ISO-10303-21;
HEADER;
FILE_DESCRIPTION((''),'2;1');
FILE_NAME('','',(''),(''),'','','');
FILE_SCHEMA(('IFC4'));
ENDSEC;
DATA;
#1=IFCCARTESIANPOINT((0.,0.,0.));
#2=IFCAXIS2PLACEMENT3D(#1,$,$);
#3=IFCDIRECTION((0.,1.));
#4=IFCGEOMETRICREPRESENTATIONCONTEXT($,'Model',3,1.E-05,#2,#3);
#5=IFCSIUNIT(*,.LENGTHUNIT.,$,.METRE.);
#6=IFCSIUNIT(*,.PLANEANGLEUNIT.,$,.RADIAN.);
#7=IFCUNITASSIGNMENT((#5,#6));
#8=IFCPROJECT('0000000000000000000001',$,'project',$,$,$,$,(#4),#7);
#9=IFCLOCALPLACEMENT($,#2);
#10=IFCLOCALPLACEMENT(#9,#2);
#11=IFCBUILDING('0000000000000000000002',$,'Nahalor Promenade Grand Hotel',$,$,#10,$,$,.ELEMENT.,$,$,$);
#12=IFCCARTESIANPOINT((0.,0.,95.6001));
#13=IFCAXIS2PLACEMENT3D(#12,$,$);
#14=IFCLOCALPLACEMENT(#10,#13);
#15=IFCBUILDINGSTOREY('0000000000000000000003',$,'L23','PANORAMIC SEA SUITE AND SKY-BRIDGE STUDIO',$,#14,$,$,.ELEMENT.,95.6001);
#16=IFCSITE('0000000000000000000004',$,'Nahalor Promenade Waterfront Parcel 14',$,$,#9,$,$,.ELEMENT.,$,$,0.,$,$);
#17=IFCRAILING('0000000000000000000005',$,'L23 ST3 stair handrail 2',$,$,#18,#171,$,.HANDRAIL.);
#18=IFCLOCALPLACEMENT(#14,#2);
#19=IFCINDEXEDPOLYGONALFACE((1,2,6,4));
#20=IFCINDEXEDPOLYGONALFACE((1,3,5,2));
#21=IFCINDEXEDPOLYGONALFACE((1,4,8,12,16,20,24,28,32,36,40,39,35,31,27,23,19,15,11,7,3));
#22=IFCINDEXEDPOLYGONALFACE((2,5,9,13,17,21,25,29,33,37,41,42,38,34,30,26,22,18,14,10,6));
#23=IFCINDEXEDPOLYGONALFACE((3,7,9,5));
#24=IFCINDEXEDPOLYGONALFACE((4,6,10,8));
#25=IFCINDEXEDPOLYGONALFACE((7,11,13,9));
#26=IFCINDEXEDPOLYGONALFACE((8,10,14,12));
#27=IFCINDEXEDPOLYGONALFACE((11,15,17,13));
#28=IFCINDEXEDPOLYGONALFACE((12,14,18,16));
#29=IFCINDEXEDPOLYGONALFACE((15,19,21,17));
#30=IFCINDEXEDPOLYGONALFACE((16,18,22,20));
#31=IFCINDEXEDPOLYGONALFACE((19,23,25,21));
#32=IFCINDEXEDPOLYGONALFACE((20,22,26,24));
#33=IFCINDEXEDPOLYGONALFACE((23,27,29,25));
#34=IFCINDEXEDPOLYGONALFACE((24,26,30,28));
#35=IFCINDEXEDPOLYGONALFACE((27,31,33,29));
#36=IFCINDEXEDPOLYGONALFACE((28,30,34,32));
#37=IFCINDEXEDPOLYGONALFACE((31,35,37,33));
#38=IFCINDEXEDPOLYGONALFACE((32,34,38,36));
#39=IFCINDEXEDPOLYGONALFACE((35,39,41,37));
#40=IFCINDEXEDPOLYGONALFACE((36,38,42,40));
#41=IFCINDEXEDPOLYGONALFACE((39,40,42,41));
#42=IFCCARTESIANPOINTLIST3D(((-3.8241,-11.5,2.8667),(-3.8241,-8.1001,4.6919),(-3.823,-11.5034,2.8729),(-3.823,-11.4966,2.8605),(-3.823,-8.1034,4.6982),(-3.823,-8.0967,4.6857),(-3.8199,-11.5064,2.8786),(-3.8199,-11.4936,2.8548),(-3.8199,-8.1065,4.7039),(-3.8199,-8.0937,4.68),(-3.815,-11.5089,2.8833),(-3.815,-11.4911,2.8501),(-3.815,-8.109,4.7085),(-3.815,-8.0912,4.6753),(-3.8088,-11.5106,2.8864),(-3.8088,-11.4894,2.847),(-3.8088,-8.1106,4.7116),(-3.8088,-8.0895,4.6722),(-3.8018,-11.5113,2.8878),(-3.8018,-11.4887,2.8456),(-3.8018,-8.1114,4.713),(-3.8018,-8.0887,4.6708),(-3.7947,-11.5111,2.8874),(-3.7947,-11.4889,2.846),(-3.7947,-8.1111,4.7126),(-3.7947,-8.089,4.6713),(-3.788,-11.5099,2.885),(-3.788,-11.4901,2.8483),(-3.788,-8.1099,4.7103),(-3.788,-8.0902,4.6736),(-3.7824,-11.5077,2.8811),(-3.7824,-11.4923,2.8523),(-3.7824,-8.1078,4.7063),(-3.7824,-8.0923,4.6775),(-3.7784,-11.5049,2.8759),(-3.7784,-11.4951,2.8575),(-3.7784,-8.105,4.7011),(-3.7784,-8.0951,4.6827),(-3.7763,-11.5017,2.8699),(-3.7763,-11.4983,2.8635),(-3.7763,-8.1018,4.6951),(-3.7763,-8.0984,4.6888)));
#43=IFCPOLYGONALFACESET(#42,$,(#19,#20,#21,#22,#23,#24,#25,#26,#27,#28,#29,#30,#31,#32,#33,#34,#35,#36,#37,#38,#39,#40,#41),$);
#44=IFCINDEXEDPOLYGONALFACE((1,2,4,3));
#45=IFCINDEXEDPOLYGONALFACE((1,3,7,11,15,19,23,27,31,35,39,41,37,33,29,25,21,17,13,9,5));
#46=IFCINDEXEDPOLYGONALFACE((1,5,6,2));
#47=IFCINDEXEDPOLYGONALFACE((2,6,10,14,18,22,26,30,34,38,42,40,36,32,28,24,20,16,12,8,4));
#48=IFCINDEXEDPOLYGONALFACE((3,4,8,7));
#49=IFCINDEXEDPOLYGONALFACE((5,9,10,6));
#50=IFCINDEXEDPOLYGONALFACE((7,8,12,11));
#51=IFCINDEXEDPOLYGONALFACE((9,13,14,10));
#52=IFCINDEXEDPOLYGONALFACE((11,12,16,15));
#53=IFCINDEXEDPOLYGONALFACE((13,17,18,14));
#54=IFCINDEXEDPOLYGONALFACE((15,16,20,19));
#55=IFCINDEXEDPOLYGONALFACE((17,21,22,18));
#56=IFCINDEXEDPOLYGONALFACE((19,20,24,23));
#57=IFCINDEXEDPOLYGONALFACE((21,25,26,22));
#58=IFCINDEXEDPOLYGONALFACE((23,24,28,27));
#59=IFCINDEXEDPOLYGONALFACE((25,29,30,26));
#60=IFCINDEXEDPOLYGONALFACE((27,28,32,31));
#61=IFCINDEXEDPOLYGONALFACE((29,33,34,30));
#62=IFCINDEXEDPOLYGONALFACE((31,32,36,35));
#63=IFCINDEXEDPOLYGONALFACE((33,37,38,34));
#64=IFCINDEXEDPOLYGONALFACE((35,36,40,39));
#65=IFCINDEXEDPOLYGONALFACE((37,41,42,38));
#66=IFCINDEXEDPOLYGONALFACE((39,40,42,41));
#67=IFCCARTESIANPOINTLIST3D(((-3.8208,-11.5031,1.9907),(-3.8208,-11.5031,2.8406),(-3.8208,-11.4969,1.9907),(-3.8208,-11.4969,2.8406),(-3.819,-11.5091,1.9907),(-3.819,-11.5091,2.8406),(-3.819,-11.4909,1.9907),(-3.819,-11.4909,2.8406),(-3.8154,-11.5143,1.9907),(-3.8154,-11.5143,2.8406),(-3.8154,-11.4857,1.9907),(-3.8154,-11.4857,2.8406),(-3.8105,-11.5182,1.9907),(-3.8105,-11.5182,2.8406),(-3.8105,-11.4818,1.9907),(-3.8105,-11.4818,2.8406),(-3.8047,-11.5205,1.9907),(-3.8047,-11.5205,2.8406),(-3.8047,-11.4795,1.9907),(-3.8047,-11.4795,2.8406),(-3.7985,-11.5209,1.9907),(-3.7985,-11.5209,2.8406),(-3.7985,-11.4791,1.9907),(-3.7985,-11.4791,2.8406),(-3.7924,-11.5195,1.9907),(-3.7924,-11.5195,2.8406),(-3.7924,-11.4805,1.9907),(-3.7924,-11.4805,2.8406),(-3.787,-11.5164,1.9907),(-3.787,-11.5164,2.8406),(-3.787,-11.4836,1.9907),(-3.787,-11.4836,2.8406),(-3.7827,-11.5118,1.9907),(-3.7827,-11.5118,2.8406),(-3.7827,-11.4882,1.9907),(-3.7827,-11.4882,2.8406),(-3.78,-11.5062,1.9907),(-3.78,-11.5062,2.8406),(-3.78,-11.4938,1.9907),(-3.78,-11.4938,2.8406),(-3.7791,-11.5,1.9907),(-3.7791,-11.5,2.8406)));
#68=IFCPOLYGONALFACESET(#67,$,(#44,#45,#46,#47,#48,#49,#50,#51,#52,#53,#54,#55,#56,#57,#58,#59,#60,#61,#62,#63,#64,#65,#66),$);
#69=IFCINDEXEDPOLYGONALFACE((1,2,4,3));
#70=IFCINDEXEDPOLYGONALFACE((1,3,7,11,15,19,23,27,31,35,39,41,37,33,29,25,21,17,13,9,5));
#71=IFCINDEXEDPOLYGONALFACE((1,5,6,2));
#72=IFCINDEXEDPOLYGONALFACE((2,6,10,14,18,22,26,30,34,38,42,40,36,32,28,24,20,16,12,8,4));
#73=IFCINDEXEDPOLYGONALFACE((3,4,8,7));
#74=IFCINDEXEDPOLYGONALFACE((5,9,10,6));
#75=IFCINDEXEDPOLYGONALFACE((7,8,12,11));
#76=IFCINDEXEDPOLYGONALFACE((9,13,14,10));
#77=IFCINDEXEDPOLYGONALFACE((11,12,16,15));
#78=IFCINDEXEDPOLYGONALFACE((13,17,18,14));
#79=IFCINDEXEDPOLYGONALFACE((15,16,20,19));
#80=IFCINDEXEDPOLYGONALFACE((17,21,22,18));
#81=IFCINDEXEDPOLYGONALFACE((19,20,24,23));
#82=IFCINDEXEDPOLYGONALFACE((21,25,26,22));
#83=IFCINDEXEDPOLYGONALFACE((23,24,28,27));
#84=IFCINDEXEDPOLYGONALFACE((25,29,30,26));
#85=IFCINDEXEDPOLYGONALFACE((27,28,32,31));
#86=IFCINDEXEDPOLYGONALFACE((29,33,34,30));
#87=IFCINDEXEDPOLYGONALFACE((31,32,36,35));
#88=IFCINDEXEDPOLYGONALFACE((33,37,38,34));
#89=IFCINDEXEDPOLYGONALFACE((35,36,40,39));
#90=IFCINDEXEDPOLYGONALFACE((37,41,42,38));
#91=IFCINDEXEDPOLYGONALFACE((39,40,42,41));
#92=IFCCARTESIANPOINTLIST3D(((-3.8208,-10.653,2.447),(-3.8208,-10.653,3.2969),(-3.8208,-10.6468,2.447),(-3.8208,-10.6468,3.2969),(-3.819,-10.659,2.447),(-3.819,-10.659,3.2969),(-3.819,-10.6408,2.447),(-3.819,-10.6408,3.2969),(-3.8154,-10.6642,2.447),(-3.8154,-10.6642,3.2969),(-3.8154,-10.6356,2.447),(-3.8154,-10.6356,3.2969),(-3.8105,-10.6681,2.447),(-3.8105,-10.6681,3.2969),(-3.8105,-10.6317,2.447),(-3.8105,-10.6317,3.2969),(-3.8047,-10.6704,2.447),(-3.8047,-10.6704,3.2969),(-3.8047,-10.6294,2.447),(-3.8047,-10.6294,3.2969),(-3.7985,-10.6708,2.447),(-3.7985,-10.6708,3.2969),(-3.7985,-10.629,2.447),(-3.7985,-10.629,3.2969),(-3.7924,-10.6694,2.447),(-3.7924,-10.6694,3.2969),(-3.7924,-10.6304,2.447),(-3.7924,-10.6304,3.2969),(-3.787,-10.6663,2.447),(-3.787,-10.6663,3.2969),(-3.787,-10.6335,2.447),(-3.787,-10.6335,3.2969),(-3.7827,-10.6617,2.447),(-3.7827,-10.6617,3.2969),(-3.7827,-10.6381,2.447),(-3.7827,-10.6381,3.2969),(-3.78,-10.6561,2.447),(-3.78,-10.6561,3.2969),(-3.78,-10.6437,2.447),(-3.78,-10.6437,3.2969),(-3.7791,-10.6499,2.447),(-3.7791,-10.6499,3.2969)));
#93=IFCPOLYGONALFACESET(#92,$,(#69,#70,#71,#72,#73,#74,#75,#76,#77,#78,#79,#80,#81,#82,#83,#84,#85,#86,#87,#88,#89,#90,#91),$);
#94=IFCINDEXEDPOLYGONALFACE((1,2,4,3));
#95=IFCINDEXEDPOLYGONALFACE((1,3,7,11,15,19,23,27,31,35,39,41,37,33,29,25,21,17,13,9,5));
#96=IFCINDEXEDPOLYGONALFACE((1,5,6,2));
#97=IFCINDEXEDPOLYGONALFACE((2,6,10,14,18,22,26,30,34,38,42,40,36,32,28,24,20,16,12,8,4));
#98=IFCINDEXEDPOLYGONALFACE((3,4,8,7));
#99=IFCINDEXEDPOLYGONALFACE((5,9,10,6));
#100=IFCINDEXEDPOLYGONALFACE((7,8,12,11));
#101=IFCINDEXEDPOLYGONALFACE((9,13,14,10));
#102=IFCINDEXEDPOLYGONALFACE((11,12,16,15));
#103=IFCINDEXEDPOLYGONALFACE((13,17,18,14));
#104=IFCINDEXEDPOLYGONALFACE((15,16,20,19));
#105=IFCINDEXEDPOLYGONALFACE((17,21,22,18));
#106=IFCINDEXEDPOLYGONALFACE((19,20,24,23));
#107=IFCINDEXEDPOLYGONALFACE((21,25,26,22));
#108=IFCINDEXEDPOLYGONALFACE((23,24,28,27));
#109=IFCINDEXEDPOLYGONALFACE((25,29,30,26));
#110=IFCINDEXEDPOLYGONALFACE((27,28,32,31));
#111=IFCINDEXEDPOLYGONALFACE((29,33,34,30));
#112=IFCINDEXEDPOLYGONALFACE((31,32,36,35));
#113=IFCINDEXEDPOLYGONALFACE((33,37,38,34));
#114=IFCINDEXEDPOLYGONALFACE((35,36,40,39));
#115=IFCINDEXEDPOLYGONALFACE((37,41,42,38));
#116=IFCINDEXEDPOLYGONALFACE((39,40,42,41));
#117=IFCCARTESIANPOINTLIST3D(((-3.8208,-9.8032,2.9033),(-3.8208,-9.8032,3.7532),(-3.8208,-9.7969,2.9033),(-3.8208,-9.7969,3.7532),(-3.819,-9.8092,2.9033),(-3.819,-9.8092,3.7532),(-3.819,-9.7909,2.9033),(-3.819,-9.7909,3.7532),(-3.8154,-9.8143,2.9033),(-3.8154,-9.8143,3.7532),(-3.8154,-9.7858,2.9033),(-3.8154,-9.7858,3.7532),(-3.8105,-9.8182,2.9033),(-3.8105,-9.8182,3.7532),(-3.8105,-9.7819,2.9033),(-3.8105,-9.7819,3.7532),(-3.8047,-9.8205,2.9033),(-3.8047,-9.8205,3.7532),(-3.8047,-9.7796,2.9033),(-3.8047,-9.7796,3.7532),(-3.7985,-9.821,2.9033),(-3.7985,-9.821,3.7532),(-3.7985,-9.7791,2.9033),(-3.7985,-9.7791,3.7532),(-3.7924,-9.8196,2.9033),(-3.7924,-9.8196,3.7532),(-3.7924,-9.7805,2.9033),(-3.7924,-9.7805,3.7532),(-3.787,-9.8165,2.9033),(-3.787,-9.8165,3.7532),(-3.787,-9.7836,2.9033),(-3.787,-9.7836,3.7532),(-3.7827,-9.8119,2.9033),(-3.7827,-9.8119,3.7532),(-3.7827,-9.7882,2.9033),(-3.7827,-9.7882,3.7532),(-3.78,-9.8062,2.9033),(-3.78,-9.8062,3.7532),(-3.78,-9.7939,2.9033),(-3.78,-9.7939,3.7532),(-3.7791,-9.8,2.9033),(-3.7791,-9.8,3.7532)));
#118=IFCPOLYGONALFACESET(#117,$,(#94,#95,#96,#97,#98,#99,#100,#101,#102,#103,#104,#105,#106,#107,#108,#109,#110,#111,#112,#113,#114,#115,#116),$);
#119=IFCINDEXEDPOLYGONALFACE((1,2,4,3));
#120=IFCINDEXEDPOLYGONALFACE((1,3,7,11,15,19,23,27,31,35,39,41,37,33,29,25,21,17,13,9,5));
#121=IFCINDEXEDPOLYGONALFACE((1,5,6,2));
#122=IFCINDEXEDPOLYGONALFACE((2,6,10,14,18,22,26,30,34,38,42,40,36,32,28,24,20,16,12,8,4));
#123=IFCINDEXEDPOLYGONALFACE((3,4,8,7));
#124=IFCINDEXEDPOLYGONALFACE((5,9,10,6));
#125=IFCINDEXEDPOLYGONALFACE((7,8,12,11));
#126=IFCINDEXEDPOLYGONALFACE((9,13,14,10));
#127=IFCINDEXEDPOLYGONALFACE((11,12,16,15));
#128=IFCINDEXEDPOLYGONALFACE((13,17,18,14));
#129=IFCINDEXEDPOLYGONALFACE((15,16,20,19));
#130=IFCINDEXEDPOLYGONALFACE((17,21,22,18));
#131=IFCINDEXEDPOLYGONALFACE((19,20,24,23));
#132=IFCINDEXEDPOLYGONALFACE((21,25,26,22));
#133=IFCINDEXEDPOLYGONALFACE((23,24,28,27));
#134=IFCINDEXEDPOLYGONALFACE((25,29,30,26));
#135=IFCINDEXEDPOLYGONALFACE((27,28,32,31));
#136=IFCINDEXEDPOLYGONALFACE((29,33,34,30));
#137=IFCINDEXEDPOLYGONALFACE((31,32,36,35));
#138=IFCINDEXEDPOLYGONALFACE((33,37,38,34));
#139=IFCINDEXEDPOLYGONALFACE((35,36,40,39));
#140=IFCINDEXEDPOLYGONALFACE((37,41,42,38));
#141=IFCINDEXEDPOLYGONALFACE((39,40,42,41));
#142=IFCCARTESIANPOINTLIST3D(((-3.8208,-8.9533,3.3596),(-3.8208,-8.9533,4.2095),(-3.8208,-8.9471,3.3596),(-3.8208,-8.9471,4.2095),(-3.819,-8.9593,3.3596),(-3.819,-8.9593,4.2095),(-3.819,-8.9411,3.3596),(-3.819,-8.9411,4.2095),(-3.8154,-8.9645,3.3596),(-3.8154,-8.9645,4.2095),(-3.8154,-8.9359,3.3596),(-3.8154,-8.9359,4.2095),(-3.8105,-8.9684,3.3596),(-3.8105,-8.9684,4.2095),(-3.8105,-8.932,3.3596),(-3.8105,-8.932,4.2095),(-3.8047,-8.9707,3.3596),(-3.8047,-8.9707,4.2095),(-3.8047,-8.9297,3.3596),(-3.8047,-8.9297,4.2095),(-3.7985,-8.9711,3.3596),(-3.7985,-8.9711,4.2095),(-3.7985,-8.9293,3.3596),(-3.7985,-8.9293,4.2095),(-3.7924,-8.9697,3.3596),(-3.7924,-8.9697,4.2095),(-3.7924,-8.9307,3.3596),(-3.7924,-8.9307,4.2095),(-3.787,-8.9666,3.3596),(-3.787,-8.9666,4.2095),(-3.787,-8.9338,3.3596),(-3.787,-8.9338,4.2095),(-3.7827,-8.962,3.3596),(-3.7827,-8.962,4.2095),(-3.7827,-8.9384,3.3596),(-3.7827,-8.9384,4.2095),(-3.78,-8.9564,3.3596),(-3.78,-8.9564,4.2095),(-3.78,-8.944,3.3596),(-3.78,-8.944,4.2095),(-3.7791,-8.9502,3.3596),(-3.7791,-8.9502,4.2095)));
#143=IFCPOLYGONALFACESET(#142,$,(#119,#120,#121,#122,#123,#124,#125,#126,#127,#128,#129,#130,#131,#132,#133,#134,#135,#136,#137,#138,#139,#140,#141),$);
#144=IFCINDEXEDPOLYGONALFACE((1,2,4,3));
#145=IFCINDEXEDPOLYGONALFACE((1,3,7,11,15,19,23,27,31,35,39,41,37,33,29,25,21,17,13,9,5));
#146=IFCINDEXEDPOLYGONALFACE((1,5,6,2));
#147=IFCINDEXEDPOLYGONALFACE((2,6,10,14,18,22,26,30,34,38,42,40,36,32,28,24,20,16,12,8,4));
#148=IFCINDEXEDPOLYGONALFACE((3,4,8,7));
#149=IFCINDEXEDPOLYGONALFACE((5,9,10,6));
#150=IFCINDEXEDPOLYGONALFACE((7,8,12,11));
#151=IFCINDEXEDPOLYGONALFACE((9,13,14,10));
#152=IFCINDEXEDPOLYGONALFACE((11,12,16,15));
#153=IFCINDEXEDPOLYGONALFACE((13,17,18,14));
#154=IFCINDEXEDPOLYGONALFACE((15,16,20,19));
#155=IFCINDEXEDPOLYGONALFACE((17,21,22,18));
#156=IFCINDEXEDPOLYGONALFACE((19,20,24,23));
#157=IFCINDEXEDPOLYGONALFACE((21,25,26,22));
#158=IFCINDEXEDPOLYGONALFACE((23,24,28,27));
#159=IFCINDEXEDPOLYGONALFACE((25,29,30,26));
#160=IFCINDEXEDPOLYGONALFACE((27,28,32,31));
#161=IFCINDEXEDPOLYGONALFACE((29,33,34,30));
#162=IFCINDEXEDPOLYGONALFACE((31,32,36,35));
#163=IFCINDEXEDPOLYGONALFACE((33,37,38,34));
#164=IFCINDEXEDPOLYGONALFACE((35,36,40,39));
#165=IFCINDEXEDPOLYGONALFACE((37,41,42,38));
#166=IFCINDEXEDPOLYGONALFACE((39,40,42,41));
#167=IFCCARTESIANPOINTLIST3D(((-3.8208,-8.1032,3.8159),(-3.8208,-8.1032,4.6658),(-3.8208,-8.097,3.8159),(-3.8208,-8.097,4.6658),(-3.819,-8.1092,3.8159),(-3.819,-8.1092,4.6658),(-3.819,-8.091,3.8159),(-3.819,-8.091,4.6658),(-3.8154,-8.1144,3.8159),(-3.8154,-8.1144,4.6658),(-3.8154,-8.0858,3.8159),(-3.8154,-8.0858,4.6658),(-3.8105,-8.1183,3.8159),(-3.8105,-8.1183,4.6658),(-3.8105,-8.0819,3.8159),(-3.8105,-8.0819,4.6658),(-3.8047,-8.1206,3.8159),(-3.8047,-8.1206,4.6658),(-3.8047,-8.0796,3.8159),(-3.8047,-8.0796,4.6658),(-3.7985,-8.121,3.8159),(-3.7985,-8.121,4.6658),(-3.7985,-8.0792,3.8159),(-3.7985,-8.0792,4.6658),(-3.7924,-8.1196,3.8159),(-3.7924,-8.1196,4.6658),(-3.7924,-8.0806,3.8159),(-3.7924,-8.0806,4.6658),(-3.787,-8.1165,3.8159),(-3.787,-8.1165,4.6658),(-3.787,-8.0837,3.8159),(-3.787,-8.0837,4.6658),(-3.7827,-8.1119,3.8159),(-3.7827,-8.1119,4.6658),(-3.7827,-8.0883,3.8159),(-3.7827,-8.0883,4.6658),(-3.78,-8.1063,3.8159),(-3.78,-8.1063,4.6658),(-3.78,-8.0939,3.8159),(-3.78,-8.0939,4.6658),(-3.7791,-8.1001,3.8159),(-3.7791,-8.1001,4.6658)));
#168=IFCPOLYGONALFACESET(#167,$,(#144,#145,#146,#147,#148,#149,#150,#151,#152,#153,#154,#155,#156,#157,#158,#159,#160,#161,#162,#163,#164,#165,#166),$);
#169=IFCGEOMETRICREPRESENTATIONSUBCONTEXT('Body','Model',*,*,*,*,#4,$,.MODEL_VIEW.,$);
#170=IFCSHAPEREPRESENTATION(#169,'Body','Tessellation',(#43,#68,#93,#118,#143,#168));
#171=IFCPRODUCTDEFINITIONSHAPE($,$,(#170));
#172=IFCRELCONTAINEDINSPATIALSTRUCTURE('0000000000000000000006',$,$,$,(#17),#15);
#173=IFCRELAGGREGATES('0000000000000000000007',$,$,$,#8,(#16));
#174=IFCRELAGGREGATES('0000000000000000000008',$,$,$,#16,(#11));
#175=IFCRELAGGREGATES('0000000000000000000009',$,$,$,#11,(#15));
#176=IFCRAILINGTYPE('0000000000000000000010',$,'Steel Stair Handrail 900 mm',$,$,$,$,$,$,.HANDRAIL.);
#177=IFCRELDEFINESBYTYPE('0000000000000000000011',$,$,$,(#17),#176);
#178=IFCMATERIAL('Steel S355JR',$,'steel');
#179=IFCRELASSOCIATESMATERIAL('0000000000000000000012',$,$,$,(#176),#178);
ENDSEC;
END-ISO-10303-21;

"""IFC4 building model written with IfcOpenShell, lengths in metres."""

from ifc_helpers import new_model, si_unit, direction, frame, origin, origin_2d, place, context, subcontext, project, spatial, circle, extrude, material, type_object, element, save


model = new_model("IFC4")

# Units and contexts
model_context = context("Model", 3, precision=1e-05, world=origin(), true_north=direction((0.0, 1.0)))
body_context = subcontext(model_context, "Body", "Model", "MODEL_VIEW")
ifc_project = project(units=[si_unit("LENGTHUNIT", "METRE"), si_unit("PLANEANGLEUNIT", "RADIAN")], contexts=[model_context])

# Site, building, storey
site_placement = place(None, origin())
site = spatial("IfcSite", under=ifc_project, at=site_placement, Name="Nahalor Promenade Waterfront Parcel 14", CompositionType="ELEMENT", RefElevation=0.0)
building_placement = place(site_placement, origin())
building = spatial("IfcBuilding", under=site, at=building_placement, Name="Nahalor Promenade Grand Hotel", CompositionType="ELEMENT")
storey_placement = place(building_placement, frame((0.0, 0.0, 95.6001)))
storey = spatial("IfcBuildingStorey", under=building, at=storey_placement, Name="L23", Description="PANORAMIC SEA SUITE AND SKY-BRIDGE STUDIO", CompositionType="ELEMENT", Elevation=95.6001)

# Shared definitions
ifc_material_1 = material(Name="Steel S355JR", Category="steel")

# Railing
railing_type_1 = type_object("IfcRailingType", Name="Steel Stair Handrail 900 mm", PredefinedType="HANDRAIL", material=ifc_material_1)
railing_1_placement = place(storey_placement, frame((-3.8, -11.5, 1.9907)))
element("IfcRailing", 1, at=railing_1_placement, inside=storey, type_object=railing_type_1, Name="L23 ST3 stair handrail 2", PredefinedType="HANDRAIL", context=body_context, shape_type="SweptSolid", body=[
    extrude(circle(Radius=0.024, at=origin_2d()), frame((0.0, 0.0, 0.876), z_axis=(0.0, 0.881068, 0.47299), x_axis=(-1.0, 0.0, 0.0)), (0.0, 0.0, 1.0), 3.8589),
    extrude(circle(Radius=0.021, at=origin_2d()), origin(), (0.0, 0.0, 1.0), 0.8499),
    extrude(circle(Radius=0.021, at=origin_2d()), frame((0.0, 0.8501, 0.4563)), (0.0, 0.0, 1.0), 0.8499),
    extrude(circle(Radius=0.021, at=origin_2d()), frame((0.0, 1.7, 0.9126)), (0.0, 0.0, 1.0), 0.8499),
    extrude(circle(Radius=0.021, at=origin_2d()), frame((0.0, 2.5498, 1.3689)), (0.0, 0.0, 1.0), 0.8499),
    extrude(circle(Radius=0.021, at=origin_2d()), frame((0.0, 3.3999, 1.8252)), (0.0, 0.0, 1.0), 0.8499),
])

save(model, "model.ifc")
